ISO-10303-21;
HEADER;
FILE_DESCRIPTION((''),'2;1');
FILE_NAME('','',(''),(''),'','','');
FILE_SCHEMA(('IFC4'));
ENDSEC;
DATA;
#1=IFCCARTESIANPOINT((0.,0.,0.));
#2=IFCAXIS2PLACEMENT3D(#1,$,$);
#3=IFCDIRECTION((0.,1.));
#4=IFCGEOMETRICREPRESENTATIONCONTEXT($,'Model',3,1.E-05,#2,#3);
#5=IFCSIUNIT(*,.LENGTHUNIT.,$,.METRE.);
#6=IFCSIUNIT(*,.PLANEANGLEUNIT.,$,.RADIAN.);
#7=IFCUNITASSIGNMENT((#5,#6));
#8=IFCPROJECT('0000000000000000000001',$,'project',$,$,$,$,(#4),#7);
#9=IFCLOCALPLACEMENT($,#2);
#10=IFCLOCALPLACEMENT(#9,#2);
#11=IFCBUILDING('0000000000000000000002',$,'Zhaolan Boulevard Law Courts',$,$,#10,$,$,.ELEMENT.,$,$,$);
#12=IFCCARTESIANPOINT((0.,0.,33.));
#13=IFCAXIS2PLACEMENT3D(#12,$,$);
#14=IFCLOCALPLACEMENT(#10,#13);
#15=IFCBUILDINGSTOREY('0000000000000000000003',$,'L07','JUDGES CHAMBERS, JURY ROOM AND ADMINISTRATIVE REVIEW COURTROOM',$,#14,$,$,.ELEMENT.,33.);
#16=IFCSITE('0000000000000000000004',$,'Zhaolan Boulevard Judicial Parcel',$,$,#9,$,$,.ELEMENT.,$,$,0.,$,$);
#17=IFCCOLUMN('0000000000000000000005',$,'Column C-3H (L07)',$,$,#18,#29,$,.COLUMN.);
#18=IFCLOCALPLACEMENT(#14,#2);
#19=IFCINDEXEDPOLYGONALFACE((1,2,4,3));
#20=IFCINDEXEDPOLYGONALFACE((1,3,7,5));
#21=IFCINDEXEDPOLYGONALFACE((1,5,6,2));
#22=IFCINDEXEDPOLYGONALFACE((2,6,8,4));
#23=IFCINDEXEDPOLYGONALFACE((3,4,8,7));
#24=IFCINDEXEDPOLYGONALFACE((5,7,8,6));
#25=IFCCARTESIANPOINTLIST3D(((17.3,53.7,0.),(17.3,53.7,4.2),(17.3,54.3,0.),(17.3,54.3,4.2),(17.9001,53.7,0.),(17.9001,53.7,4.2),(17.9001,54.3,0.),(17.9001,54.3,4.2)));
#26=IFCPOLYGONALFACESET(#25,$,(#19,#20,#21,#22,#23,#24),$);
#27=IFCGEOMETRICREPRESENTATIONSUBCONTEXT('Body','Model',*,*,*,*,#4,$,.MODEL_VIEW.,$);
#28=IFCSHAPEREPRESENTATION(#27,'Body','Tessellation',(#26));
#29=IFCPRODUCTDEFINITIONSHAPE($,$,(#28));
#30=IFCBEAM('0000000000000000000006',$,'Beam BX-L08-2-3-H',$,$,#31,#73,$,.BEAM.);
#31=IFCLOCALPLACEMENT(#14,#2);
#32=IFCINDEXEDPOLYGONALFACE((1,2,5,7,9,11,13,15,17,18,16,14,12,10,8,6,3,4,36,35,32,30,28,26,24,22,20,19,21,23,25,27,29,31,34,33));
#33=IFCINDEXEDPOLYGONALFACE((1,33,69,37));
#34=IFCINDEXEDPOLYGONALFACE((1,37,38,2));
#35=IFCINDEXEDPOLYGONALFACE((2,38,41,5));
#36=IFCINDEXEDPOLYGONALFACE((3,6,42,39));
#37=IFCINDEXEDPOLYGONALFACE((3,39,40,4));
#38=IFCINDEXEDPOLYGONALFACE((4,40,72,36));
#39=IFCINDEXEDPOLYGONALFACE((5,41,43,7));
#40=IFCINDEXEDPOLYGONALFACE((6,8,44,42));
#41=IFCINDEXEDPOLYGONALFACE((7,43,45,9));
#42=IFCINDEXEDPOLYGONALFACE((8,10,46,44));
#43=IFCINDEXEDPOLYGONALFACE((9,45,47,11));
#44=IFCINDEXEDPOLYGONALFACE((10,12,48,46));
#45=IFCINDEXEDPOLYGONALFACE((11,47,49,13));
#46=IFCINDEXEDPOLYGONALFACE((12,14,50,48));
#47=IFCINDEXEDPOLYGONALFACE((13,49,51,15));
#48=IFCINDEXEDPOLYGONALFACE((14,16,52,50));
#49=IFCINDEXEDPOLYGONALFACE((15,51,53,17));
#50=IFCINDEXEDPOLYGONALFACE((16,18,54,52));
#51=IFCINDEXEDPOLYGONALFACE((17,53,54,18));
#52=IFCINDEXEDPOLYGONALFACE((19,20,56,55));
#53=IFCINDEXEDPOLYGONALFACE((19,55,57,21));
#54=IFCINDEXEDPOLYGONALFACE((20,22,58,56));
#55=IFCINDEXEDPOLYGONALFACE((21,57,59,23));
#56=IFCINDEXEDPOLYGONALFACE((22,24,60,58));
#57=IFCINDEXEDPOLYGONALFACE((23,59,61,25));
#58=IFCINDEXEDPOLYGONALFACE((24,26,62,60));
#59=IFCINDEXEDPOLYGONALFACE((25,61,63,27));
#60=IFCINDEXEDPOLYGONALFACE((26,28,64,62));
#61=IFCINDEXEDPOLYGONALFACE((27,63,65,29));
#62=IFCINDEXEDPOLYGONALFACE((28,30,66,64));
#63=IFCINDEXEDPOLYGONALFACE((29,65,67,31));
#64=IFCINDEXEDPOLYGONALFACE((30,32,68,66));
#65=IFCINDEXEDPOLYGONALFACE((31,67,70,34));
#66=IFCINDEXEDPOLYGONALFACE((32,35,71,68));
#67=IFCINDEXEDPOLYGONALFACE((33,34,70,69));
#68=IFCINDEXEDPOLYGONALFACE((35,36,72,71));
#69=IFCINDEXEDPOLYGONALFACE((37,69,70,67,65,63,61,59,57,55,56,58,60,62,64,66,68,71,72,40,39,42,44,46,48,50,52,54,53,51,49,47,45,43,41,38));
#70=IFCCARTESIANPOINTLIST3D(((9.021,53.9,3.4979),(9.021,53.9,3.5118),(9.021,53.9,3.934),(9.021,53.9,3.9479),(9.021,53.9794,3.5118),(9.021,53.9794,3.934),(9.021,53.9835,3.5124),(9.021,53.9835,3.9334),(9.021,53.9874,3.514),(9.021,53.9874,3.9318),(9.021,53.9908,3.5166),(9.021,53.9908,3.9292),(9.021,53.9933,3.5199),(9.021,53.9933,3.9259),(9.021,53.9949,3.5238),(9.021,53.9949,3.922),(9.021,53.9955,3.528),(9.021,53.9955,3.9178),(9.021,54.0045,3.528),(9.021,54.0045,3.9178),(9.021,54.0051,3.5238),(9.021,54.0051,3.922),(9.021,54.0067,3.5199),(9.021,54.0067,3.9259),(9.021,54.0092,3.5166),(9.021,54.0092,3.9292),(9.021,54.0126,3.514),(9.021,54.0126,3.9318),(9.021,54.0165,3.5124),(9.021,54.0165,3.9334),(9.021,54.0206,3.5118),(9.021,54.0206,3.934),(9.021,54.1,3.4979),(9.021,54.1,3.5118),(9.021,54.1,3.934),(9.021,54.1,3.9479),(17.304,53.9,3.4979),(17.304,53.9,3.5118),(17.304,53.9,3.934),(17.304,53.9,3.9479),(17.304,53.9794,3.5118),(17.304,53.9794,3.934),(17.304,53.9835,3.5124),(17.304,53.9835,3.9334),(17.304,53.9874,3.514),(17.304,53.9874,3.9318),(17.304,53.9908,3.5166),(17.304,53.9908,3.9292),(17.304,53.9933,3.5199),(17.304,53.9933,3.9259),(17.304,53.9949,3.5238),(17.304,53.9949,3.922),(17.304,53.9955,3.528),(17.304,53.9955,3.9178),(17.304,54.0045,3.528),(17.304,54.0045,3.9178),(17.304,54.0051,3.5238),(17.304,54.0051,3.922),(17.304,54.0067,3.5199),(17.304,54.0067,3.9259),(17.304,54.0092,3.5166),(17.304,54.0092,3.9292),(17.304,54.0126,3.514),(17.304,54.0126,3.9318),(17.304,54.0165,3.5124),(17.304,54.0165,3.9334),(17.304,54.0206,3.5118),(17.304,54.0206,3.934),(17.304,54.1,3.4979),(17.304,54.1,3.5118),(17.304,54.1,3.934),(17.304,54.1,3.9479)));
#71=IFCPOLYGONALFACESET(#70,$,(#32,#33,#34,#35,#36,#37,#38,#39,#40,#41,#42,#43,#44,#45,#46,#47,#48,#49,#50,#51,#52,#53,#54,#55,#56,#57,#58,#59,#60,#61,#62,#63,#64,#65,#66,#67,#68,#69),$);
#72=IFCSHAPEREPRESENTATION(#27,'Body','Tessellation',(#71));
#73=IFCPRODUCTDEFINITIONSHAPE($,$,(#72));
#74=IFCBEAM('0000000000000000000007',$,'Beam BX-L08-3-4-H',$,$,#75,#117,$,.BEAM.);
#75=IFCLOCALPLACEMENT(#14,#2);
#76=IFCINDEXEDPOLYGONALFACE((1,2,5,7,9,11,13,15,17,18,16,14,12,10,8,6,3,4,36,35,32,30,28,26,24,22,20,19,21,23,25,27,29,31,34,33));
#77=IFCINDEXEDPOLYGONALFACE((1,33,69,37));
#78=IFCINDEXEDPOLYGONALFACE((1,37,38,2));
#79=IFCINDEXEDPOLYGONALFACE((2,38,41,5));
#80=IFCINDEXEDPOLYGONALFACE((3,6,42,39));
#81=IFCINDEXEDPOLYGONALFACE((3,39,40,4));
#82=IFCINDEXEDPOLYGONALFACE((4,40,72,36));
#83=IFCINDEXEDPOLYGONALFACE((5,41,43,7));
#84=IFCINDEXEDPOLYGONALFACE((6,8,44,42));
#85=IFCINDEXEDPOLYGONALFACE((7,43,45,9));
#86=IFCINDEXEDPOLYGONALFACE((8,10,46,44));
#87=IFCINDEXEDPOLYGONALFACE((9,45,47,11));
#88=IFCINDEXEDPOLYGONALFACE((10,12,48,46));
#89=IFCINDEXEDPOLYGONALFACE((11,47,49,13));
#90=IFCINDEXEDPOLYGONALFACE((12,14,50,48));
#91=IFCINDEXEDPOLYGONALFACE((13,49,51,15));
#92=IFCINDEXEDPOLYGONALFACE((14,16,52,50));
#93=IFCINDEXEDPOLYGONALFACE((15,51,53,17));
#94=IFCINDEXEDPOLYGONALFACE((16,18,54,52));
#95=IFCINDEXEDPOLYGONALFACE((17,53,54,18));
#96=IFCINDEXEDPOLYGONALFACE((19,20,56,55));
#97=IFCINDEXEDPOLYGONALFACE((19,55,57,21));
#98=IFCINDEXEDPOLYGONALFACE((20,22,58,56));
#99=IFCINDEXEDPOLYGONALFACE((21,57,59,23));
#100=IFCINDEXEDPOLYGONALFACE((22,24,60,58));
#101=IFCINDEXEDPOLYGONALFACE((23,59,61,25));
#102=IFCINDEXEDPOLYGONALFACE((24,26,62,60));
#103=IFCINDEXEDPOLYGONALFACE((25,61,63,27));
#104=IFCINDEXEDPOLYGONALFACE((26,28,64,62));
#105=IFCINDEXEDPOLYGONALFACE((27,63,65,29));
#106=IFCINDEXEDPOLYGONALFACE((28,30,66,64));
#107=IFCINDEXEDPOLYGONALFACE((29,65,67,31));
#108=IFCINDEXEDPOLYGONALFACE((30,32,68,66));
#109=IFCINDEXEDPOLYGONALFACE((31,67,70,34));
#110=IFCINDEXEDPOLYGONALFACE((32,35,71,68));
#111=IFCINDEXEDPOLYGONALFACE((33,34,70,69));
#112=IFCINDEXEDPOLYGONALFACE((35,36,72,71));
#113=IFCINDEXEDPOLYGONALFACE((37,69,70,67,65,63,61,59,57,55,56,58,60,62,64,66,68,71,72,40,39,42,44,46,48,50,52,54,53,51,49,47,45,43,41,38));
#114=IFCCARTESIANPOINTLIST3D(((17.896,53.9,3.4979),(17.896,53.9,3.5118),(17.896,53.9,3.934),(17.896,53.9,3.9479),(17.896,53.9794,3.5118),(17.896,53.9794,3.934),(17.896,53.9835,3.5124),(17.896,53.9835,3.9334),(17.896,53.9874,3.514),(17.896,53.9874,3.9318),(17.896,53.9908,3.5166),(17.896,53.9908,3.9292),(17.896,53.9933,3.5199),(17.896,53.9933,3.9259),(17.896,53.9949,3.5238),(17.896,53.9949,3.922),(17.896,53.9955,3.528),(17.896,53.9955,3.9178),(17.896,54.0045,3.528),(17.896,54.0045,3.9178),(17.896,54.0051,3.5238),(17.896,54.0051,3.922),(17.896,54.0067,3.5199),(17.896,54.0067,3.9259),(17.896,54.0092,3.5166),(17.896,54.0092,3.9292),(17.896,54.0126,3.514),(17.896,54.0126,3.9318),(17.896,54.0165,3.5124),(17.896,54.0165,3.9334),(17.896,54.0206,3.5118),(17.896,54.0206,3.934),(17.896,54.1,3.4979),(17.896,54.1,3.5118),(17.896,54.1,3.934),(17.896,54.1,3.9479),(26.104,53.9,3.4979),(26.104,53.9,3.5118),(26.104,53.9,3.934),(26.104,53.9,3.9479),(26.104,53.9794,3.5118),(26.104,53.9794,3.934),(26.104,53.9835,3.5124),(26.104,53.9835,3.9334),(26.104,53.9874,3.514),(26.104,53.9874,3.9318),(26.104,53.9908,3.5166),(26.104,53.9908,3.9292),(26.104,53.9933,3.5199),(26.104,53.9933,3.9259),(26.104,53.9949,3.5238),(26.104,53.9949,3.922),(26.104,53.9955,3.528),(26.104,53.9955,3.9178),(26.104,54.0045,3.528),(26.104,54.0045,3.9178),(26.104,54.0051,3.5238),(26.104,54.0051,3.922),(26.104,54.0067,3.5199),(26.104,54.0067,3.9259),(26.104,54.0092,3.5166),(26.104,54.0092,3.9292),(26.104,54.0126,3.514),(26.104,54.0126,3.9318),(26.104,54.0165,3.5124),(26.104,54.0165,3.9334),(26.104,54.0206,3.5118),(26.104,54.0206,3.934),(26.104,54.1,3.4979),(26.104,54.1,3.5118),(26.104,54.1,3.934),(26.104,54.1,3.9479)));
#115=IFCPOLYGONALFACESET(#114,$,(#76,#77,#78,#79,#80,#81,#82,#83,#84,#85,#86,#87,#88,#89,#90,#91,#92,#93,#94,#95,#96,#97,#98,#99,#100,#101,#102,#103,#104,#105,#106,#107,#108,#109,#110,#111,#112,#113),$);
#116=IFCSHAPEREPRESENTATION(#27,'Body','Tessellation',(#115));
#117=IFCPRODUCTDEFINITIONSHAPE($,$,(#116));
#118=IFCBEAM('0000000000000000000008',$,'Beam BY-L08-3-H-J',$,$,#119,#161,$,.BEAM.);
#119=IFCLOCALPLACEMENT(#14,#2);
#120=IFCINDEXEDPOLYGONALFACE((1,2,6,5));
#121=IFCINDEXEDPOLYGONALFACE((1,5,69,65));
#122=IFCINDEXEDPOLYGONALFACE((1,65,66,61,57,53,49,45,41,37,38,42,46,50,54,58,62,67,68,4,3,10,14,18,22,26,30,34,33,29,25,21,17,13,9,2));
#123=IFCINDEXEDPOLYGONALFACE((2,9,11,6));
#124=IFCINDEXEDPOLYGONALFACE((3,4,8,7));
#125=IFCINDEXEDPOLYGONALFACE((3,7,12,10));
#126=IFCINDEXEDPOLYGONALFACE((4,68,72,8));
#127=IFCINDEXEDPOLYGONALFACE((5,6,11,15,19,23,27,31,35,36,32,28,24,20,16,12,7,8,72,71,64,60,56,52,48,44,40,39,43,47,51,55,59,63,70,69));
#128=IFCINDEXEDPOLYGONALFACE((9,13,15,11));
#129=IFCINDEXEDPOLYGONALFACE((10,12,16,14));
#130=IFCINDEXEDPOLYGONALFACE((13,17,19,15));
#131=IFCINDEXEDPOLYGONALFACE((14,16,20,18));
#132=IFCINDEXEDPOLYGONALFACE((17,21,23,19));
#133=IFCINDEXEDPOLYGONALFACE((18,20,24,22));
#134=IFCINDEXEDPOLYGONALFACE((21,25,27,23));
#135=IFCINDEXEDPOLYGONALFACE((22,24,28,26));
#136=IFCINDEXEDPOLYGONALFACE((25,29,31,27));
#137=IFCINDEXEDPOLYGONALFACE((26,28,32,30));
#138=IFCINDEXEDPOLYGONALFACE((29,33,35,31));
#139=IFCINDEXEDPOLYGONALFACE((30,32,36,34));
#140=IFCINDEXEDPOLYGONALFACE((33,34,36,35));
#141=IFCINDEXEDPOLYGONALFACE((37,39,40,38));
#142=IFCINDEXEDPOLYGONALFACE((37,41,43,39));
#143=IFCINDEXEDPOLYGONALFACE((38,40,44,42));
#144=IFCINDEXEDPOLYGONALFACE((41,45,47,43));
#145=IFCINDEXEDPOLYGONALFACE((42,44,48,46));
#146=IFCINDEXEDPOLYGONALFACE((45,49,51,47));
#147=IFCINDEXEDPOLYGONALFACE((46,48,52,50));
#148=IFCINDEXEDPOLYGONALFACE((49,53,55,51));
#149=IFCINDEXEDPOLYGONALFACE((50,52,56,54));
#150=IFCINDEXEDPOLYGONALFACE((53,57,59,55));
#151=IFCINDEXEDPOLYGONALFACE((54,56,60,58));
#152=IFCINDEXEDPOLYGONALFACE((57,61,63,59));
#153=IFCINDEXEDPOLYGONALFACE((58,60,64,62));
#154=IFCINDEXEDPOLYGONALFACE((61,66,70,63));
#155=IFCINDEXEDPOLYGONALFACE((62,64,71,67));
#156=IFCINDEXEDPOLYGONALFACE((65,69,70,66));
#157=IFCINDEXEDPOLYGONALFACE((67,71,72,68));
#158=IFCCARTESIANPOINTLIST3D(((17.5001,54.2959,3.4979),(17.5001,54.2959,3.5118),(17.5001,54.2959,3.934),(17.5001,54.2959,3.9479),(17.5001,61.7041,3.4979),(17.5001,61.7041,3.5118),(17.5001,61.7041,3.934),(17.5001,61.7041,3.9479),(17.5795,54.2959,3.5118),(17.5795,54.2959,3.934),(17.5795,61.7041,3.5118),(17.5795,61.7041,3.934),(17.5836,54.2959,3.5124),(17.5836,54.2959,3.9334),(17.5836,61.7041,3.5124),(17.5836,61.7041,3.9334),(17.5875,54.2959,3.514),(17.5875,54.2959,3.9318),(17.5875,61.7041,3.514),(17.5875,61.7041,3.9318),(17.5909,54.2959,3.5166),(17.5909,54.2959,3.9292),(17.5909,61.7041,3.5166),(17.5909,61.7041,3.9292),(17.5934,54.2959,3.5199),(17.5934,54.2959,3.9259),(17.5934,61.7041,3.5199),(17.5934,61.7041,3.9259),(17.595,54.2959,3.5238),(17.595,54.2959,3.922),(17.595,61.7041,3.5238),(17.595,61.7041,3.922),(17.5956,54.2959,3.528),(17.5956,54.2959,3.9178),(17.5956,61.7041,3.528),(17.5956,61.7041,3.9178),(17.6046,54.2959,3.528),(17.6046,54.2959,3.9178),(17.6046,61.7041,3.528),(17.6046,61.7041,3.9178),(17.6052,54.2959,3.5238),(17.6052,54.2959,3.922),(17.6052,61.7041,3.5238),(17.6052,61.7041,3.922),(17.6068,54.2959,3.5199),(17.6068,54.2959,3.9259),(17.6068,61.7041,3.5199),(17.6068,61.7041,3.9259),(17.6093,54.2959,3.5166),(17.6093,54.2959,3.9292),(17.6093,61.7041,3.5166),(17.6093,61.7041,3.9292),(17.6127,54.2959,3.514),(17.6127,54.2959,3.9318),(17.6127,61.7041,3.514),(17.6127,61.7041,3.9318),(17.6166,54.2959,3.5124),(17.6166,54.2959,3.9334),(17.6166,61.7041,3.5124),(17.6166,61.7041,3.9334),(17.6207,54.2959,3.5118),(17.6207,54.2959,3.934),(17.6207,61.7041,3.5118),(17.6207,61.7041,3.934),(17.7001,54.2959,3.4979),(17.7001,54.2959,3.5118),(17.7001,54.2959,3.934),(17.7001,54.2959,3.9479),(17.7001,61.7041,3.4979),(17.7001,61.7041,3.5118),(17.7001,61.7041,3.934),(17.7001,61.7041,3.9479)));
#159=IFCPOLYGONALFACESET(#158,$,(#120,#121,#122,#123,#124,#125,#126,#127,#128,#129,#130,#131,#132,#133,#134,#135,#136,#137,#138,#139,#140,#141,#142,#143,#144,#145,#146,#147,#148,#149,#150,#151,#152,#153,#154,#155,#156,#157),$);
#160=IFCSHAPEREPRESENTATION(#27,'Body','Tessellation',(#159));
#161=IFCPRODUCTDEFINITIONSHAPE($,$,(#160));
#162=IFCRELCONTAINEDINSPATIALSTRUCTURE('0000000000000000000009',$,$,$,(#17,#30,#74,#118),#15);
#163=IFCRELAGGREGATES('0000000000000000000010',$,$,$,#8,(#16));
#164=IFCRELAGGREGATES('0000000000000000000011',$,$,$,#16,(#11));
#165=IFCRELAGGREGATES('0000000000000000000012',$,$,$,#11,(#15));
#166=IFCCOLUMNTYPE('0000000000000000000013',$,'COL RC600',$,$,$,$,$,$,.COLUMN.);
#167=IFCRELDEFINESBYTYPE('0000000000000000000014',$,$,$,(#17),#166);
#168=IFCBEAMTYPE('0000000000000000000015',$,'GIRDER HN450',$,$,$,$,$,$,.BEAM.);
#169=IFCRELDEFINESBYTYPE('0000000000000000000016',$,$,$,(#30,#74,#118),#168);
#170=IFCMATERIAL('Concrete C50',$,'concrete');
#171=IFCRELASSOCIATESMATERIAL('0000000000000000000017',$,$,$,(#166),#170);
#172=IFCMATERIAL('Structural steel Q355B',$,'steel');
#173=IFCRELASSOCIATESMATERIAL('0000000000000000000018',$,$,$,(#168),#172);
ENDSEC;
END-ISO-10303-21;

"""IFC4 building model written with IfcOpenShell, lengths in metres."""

from ifc_helpers import new_model, si_unit, direction, frame, origin, origin_2d, place, context, subcontext, project, spatial, rectangle, i_section, extrude, material, material_profile, profile_set, type_object, element, save


model = new_model("IFC4")

# Units and contexts
model_context = context("Model", 3, precision=1e-05, world=origin(), true_north=direction((0.0, 1.0)))
body_context = subcontext(model_context, "Body", "Model", "MODEL_VIEW")
ifc_project = project(units=[si_unit("LENGTHUNIT", "METRE"), si_unit("PLANEANGLEUNIT", "RADIAN")], contexts=[model_context])

# Site, building, storey
site_placement = place(None, origin())
site = spatial("IfcSite", under=ifc_project, at=site_placement, Name="Zhaolan Boulevard Judicial Parcel", CompositionType="ELEMENT", RefElevation=0.0)
building_placement = place(site_placement, origin())
building = spatial("IfcBuilding", under=site, at=building_placement, Name="Zhaolan Boulevard Law Courts", CompositionType="ELEMENT")
storey_placement = place(building_placement, frame((0.0, 0.0, 33.0)))
storey = spatial("IfcBuildingStorey", under=building, at=storey_placement, Name="L07", Description="JUDGES CHAMBERS, JURY ROOM AND ADMINISTRATIVE REVIEW COURTROOM", CompositionType="ELEMENT", Elevation=33.0)

# Column
ifc_material_1 = material(Name="Concrete C50", Category="concrete")
ifc_material_profile_1 = material_profile(ifc_material_1, rectangle(XDim=0.6001, YDim=0.6001, at=origin_2d()), Name="RC600x600")
ifc_profile_set_1 = profile_set([ifc_material_profile_1], Name="Concrete C50")
column_type = type_object("IfcColumnType", Name="COL RC600", PredefinedType="COLUMN", material=ifc_profile_set_1)
column_placement = place(storey_placement, frame((17.6001, 54.0, 0.0), z_axis=(0.0, 0.0, 1.0), x_axis=(1.0, 0.0, 0.0)))
element("IfcColumn", 1, at=column_placement, inside=storey, type_object=column_type, Name="Column C-3H (L07)", PredefinedType="COLUMN", context=body_context, shape_type="SweptSolid", body=[
    extrude(rectangle(XDim=0.6001, YDim=0.6001, at=origin_2d()), origin(), (0.0, 0.0, 1.0), 4.2),
])

# Beams
ifc_material_2 = material(Name="Structural steel Q355B", Category="steel")
ifc_material_profile_2 = material_profile(ifc_material_2, i_section(OverallWidth=0.2, OverallDepth=0.45, WebThickness=0.009, FlangeThickness=0.0139, FilletRadius=0.0161, at=origin_2d()), Name="HN450x200")
ifc_profile_set_2 = profile_set([ifc_material_profile_2], Name="Structural steel Q355B")
beam_type_1 = type_object("IfcBeamType", Name="GIRDER HN450", PredefinedType="BEAM", material=ifc_profile_set_2)
beam_1_placement = place(storey_placement, frame((9.021, 54.0, 3.7229), z_axis=(1.0, 0.0, 0.0), x_axis=(0.0, 1.0, 0.0)))
element("IfcBeam", 2, at=beam_1_placement, inside=storey, type_object=beam_type_1, Name="Beam BX-L08-2-3-H", PredefinedType="BEAM", context=body_context, shape_type="SweptSolid", body=[
    extrude(i_section(OverallWidth=0.2, OverallDepth=0.45, WebThickness=0.009, FlangeThickness=0.0139, FilletRadius=0.0161, at=origin_2d()), origin(), (0.0, 0.0, 1.0), 8.283),
])
beam_2_placement = place(storey_placement, frame((17.896, 54.0, 3.7229), z_axis=(1.0, 0.0, 0.0), x_axis=(0.0, 1.0, 0.0)))
element("IfcBeam", 3, at=beam_2_placement, inside=storey, type_object=beam_type_1, Name="Beam BX-L08-3-4-H", PredefinedType="BEAM", context=body_context, shape_type="SweptSolid", body=[
    extrude(i_section(OverallWidth=0.2, OverallDepth=0.45, WebThickness=0.009, FlangeThickness=0.0139, FilletRadius=0.0161, at=origin_2d()), origin(), (0.0, 0.0, 1.0), 8.208),
])
beam_3_placement = place(storey_placement, frame((17.6001, 54.2959, 3.7229), z_axis=(0.0, 1.0, 0.0), x_axis=(-1.0, 0.0, 0.0)))
element("IfcBeam", 4, at=beam_3_placement, inside=storey, type_object=beam_type_1, Name="Beam BY-L08-3-H-J", PredefinedType="BEAM", context=body_context, shape_type="SweptSolid", body=[
    extrude(i_section(OverallWidth=0.2, OverallDepth=0.45, WebThickness=0.009, FlangeThickness=0.0139, FilletRadius=0.0161, at=origin_2d()), origin(), (0.0, 0.0, 1.0), 7.4082),
])

save(model, "model.ifc")
